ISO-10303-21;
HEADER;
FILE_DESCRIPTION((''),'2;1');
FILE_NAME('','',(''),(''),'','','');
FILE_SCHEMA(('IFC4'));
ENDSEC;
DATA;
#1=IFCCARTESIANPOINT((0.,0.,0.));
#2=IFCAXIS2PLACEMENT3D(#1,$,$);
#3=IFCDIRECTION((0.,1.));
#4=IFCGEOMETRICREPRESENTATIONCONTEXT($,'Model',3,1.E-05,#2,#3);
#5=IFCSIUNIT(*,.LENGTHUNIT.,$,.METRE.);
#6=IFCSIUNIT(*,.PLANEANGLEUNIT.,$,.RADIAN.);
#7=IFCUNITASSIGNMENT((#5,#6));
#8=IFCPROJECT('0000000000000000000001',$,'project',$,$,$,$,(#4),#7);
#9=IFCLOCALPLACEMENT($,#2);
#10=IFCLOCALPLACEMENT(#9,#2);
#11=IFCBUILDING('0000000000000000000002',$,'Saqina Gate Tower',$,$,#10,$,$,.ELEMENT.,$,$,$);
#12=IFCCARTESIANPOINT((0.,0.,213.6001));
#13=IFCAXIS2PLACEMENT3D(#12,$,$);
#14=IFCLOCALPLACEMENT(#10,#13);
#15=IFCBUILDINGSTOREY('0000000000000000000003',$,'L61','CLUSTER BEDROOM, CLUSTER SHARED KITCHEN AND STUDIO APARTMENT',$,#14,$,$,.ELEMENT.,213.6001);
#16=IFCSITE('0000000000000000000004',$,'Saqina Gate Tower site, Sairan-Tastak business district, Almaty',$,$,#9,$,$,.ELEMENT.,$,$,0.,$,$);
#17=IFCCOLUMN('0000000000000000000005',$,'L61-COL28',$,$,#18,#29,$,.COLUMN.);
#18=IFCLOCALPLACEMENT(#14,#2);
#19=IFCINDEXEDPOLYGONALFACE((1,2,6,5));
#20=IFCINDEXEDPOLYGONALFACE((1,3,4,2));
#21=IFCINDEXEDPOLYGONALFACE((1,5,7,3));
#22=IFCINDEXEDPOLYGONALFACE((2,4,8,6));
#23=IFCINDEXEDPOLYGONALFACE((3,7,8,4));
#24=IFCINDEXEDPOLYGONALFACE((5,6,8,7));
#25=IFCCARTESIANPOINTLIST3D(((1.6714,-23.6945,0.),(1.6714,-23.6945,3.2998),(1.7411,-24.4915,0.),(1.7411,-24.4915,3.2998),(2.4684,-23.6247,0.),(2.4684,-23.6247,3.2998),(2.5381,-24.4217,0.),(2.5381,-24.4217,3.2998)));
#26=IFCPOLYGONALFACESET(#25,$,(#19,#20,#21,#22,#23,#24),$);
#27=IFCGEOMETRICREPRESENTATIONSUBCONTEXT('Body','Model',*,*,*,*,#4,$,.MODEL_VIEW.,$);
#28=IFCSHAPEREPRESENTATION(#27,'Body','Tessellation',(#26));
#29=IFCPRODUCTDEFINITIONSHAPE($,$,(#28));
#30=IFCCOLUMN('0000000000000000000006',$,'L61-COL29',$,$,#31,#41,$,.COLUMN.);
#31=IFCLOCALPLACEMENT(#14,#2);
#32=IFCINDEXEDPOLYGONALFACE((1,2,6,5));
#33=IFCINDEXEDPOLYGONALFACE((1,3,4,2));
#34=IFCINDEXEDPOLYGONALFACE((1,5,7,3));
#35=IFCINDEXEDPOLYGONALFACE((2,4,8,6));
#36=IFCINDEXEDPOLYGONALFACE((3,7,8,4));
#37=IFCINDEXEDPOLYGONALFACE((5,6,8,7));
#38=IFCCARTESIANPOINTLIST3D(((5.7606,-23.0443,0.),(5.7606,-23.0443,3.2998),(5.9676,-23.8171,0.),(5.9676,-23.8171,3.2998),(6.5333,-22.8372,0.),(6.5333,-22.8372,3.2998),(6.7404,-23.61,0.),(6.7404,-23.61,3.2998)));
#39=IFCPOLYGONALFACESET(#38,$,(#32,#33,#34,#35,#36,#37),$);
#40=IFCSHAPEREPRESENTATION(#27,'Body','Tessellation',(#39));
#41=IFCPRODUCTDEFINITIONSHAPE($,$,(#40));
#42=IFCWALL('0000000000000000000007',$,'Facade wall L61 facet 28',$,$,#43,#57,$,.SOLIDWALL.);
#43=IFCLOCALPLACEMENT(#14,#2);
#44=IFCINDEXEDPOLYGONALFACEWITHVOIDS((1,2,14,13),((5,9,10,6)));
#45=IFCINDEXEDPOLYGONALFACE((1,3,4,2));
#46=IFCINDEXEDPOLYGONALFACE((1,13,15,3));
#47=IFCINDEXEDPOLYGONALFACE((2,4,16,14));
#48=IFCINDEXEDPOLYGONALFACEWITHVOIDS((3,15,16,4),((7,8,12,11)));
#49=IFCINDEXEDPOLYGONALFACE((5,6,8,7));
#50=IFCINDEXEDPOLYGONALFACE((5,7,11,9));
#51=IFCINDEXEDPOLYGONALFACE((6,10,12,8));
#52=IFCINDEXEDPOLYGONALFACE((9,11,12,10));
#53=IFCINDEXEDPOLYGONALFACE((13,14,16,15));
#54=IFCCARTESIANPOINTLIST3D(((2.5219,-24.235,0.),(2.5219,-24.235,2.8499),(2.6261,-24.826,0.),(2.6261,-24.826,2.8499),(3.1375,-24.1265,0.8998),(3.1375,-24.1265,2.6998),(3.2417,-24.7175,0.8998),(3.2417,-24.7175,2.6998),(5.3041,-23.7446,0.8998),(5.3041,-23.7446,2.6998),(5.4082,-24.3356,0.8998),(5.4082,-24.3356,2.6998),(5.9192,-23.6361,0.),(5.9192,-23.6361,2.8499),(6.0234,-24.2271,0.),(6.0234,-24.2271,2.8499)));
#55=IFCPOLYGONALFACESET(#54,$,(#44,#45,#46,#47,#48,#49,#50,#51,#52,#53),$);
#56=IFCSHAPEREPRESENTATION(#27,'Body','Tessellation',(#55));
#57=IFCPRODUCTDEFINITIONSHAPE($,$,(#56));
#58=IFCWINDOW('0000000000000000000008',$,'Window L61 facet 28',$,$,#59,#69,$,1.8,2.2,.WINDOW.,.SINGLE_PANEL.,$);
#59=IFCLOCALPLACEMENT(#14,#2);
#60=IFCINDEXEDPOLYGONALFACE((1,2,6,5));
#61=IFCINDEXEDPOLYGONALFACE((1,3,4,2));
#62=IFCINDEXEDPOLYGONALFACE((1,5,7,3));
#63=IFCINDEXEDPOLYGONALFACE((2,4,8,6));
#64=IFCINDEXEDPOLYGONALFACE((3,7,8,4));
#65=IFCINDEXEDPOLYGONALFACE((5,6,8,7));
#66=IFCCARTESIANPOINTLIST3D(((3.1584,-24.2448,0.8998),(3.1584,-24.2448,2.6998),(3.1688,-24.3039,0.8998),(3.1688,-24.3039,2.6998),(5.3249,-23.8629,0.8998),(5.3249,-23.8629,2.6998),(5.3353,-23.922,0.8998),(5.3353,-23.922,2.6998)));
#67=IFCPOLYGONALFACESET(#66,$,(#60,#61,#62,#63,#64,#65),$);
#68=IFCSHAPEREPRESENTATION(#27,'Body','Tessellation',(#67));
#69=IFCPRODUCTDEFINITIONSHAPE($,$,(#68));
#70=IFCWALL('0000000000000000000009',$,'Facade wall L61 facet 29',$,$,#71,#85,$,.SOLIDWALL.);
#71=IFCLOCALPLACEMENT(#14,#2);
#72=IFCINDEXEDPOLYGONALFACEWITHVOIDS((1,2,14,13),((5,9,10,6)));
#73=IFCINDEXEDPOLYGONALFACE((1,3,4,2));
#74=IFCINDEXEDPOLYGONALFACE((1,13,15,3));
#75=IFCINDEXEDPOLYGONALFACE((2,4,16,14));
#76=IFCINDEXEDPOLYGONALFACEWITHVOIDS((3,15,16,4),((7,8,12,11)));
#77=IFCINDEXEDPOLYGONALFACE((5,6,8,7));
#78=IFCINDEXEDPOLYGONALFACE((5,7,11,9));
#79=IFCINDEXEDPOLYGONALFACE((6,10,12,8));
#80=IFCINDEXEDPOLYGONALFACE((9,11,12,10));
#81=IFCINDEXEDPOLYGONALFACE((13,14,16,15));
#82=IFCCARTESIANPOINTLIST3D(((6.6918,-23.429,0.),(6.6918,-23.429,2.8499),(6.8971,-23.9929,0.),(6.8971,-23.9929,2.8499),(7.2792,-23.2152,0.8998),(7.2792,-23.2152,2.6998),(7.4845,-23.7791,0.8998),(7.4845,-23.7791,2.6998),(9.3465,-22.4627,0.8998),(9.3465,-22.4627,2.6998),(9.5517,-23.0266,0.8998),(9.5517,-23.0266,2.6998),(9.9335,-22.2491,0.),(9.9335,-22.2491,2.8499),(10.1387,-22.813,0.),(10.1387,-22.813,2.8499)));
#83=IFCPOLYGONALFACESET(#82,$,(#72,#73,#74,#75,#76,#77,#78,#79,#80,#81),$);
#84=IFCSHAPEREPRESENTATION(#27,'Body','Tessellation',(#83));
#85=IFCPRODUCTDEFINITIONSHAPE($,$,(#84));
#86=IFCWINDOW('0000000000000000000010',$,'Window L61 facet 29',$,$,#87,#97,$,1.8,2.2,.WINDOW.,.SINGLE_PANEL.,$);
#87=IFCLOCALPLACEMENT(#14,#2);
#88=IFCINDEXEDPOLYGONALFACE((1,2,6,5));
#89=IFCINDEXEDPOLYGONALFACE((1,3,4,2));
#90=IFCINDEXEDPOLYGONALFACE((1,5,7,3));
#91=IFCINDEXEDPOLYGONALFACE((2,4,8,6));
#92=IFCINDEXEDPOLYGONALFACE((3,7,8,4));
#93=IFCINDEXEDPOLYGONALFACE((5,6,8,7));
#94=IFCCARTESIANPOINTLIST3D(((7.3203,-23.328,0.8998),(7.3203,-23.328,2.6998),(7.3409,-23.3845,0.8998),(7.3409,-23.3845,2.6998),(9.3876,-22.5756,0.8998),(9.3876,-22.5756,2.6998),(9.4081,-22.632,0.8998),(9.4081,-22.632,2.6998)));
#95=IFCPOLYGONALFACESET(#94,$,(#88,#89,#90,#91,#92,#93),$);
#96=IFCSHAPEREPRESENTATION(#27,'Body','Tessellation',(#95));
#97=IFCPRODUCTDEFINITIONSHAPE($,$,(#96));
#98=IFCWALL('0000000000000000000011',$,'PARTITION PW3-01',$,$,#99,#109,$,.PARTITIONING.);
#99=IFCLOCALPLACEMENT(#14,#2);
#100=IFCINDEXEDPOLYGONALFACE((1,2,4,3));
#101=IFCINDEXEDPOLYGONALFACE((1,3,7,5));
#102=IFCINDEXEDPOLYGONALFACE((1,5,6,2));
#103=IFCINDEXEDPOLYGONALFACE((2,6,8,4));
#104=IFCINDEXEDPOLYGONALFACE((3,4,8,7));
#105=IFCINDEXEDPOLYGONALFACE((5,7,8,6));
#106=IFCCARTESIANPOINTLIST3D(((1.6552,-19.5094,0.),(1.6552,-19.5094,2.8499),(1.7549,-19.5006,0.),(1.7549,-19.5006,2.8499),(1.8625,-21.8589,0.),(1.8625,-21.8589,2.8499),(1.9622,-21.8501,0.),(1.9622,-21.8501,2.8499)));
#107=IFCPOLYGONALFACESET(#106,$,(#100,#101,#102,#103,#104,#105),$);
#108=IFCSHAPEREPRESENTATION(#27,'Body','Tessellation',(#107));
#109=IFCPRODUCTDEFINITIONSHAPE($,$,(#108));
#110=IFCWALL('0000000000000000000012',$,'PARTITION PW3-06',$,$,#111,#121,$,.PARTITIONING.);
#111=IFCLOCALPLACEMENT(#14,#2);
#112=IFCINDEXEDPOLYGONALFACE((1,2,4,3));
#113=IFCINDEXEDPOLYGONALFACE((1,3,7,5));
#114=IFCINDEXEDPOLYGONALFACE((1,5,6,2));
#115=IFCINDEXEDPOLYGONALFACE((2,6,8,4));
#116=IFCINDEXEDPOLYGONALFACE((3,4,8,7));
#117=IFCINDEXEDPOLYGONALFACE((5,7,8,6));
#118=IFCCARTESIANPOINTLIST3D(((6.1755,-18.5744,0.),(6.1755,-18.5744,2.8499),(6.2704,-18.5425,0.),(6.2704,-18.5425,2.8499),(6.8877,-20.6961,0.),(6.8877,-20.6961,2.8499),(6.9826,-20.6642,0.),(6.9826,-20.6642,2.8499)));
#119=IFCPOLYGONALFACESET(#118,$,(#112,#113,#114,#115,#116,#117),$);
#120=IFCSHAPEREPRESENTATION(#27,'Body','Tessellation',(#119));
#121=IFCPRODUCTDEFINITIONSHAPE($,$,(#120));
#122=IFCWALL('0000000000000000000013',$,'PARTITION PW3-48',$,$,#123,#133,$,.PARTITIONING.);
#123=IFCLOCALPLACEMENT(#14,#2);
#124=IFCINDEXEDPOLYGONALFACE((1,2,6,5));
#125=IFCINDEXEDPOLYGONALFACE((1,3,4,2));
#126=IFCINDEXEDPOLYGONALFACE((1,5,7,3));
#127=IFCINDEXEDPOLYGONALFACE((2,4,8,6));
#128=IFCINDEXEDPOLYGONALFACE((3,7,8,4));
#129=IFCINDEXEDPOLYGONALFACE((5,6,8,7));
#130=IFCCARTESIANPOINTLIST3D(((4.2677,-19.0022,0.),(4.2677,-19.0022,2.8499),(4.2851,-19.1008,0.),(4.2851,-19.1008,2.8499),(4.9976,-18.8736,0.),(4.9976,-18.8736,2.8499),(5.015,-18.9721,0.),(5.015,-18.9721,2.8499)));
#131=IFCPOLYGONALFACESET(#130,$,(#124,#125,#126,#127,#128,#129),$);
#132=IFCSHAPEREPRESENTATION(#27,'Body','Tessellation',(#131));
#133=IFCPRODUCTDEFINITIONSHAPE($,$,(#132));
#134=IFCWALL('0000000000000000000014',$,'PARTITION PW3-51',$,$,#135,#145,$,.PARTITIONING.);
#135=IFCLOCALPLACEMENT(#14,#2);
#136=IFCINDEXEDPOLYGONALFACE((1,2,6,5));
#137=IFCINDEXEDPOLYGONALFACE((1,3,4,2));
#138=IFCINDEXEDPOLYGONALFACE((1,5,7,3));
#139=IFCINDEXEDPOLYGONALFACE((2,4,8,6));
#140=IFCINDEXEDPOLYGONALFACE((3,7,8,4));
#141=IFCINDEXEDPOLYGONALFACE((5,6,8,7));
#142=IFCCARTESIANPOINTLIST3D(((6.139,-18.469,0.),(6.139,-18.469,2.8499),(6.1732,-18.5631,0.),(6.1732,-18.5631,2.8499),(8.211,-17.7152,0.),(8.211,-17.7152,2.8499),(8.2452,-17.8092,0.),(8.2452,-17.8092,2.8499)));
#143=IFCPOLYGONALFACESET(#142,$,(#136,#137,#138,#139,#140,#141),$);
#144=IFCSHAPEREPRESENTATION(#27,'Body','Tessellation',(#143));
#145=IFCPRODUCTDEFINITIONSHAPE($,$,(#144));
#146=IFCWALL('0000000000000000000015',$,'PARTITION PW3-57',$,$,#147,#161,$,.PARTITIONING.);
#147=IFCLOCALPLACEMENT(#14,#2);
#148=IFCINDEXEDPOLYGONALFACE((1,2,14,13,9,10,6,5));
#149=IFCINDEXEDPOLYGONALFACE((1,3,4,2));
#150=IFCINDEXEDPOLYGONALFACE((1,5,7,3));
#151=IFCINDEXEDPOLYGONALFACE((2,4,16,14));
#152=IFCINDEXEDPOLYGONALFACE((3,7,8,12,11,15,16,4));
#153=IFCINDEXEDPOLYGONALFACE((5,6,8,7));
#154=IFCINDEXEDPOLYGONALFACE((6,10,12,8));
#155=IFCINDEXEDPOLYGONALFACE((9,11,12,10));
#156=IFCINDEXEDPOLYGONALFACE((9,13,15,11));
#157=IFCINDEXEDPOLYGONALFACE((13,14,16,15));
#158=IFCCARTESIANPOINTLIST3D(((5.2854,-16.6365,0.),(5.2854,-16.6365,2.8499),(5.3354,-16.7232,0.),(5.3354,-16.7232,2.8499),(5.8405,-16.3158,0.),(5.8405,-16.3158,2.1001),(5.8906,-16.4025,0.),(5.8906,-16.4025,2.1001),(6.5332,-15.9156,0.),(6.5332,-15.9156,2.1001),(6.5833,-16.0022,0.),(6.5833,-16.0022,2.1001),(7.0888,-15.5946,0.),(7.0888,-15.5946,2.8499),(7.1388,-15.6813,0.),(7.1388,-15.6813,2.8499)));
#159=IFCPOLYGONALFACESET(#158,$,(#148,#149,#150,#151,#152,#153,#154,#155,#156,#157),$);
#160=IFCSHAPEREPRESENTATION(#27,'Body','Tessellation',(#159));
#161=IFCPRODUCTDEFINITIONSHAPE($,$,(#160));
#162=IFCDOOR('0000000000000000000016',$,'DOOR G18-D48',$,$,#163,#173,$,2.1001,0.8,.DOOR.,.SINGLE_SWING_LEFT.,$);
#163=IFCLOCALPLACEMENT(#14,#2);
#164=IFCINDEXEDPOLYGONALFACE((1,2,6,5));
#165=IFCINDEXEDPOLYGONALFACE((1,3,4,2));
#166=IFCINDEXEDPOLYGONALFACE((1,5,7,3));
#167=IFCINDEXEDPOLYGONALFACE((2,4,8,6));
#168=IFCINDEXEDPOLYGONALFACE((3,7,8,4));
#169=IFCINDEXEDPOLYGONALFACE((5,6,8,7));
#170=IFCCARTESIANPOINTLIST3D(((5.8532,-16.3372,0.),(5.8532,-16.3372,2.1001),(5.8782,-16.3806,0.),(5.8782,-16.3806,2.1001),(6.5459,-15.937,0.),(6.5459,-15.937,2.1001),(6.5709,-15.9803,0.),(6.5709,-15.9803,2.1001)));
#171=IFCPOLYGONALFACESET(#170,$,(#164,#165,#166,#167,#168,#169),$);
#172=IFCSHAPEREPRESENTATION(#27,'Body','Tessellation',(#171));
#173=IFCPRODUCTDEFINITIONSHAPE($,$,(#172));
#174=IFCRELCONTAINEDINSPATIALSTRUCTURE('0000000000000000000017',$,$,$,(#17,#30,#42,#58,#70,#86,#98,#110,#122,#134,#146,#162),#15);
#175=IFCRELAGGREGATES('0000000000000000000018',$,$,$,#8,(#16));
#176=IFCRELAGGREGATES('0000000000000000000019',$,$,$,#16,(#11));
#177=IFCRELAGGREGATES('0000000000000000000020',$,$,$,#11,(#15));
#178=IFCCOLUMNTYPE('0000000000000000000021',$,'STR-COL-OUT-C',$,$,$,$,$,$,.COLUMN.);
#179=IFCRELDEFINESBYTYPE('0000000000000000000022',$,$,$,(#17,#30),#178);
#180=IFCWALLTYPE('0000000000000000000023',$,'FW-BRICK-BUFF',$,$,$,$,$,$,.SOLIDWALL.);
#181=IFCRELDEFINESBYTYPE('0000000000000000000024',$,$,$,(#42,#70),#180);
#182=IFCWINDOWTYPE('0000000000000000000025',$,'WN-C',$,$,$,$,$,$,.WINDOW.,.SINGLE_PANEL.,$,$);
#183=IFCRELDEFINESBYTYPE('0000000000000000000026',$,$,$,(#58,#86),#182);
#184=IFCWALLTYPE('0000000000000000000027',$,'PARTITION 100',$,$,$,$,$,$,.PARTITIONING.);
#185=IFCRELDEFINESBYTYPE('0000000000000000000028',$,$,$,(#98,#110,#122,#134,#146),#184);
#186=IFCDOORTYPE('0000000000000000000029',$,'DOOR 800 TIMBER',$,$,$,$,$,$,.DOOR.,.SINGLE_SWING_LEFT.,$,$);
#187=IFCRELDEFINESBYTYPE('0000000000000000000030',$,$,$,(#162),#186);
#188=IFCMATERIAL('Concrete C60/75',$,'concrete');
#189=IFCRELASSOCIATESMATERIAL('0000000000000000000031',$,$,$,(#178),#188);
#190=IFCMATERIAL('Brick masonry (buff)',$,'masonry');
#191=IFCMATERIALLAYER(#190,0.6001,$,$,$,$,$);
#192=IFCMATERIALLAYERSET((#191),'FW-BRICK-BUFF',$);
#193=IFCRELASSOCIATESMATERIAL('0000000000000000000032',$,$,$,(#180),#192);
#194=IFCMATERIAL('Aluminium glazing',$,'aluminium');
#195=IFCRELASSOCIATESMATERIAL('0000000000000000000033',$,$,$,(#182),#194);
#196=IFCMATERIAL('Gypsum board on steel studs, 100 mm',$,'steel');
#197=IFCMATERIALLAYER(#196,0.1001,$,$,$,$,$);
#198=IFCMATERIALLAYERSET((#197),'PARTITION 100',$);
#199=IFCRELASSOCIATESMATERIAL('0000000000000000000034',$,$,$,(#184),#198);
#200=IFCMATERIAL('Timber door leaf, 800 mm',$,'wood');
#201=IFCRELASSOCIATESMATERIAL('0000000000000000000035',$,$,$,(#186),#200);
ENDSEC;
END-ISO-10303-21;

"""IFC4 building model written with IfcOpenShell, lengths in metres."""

from ifc_helpers import new_model, si_unit, direction, frame, frame_2d, origin, origin_2d, place, context, subcontext, project, spatial, rectangle, extrude, material, layer, layer_set, material_profile, profile_set, type_object, element, fill, save


model = new_model("IFC4")

# Units and contexts
model_context = context("Model", 3, precision=1e-05, world=origin(), true_north=direction((0.0, 1.0)))
body_context = subcontext(model_context, "Body", "Model", "MODEL_VIEW")
ifc_project = project(units=[si_unit("LENGTHUNIT", "METRE"), si_unit("PLANEANGLEUNIT", "RADIAN")], contexts=[model_context])

# Site, building, storey
site_placement = place(None, origin())
site = spatial("IfcSite", under=ifc_project, at=site_placement, Name="Saqina Gate Tower site, Sairan-Tastak business district, Almaty", CompositionType="ELEMENT", RefElevation=0.0)
building_placement = place(site_placement, origin())
building = spatial("IfcBuilding", under=site, at=building_placement, Name="Saqina Gate Tower", CompositionType="ELEMENT")
storey_placement = place(building_placement, frame((0.0, 0.0, 213.6001)))
storey = spatial("IfcBuildingStorey", under=building, at=storey_placement, Name="L61", Description="CLUSTER BEDROOM, CLUSTER SHARED KITCHEN AND STUDIO APARTMENT", CompositionType="ELEMENT", Elevation=213.6001)

# Columns
ifc_material_1 = material(Name="Concrete C60/75", Category="concrete")
ifc_material_profile = material_profile(ifc_material_1, rectangle(XDim=0.8, YDim=0.8, at=origin_2d()), Name="RC 800x800")
ifc_profile_set = profile_set([ifc_material_profile], Name="Concrete C60/75")
column_type = type_object("IfcColumnType", Name="STR-COL-OUT-C", PredefinedType="COLUMN", material=ifc_profile_set)
for number, where, z_axis, x_axis, name in (
    (1, (2.1047, -24.0581, 0.0), (0.0, 0.0, 1.0), (0.087156, -0.996195, 0.0), "L61-COL28"),
    (2, (6.2505, -23.3271, 0.0), (0.0, 0.0, 1.0), (0.258819, -0.965926, 0.0), "L61-COL29"),
):
    element("IfcColumn", number, at=place(storey_placement, frame(where, z_axis=z_axis, x_axis=x_axis)), inside=storey, type_object=column_type, Name=name, PredefinedType="COLUMN", context=body_context, shape_type="SweptSolid", body=[
        extrude(rectangle(XDim=0.8, YDim=0.8, at=origin_2d()), origin(), (0.0, 0.0, 1.0), 3.2998),
    ])

# Walls, openings, windows
ifc_material_2 = material(Name="Brick masonry (buff)", Category="masonry")
ifc_layer_1 = layer(ifc_material_2, 0.6001)
ifc_layer_set_1 = layer_set([ifc_layer_1], Name="FW-BRICK-BUFF")
wall_type_1 = type_object("IfcWallType", Name="FW-BRICK-BUFF", PredefinedType="SOLIDWALL", material=ifc_layer_set_1)
wall_1_placement = place(storey_placement, frame((2.574, -24.5305, 0.0), z_axis=(0.0, 0.0, 1.0), x_axis=(0.984815, 0.173608, 0.0)))
wall_1 = element("IfcWall", 3, at=wall_1_placement, inside=storey, type_object=wall_type_1, Name="Facade wall L61 facet 28", PredefinedType="SOLIDWALL", context=body_context, shape_type="SweptSolid", body=[
    extrude(rectangle(XDim=3.4497, YDim=0.6001, at=frame_2d((1.7249, 0.0))), origin(), (0.0, 0.0, 1.0), 2.8499),
])
opening_1_placement = place(wall_1_placement, frame((0.625, 0.0, 0.8999)))
opening_1 = element("IfcOpeningElement", 4, at=opening_1_placement, cuts=wall_1, PredefinedType="OPENING", context=body_context, shape_type="SweptSolid", body=[
    extrude(rectangle(XDim=2.2, YDim=1.8, at=frame_2d((1.1001, 0.8999))), frame((0.0, 0.312, 0.0), z_axis=(0.0, -1.0, 0.0), x_axis=(1.0, 0.0, 0.0)), (0.0, 0.0, 1.0), 0.624),
])
ifc_material_3 = material(Name="Aluminium glazing", Category="aluminium")
window_type = type_object("IfcWindowType", Name="WN-C", PartitioningType="SINGLE_PANEL", PredefinedType="WINDOW", material=ifc_material_3)
window_1_placement = place(opening_1_placement, origin())
window_1 = element("IfcWindow", 5, at=window_1_placement, inside=storey, type_object=window_type, Name="Window L61 facet 28", OverallHeight=1.8, OverallWidth=2.2, PartitioningType="SINGLE_PANEL", PredefinedType="WINDOW", context=body_context, shape_type="SweptSolid", body=[
    extrude(rectangle(XDim=2.2, YDim=1.8, at=frame_2d((1.1001, 0.8999))), frame((0.0, 0.1799, 0.0), z_axis=(0.0, -1.0, 0.0), x_axis=(1.0, 0.0, 0.0)), (0.0, 0.0, 1.0), 0.0601),
])
fill(opening_1, window_1)
wall_2_placement = place(storey_placement, frame((6.7944, -23.7109, 0.0), z_axis=(0.0, 0.0, 1.0), x_axis=(0.939688, 0.342033, 0.0)))
wall_2 = element("IfcWall", 6, at=wall_2_placement, inside=storey, type_object=wall_type_1, Name="Facade wall L61 facet 29", PredefinedType="SOLIDWALL", context=body_context, shape_type="SweptSolid", body=[
    extrude(rectangle(XDim=3.4497, YDim=0.6001, at=frame_2d((1.7249, 0.0))), origin(), (0.0, 0.0, 1.0), 2.8499),
])
opening_2_placement = place(wall_2_placement, frame((0.625, 0.0, 0.8999)))
opening_2 = element("IfcOpeningElement", 7, at=opening_2_placement, cuts=wall_2, PredefinedType="OPENING", context=body_context, shape_type="SweptSolid", body=[
    extrude(rectangle(XDim=2.2, YDim=1.8, at=frame_2d((1.1001, 0.8999))), frame((0.0, 0.312, 0.0), z_axis=(0.0, -1.0, 0.0), x_axis=(1.0, 0.0, 0.0)), (0.0, 0.0, 1.0), 0.624),
])
window_2_placement = place(opening_2_placement, origin())
window_2 = element("IfcWindow", 8, at=window_2_placement, inside=storey, type_object=window_type, Name="Window L61 facet 29", OverallHeight=1.8, OverallWidth=2.2, PartitioningType="SINGLE_PANEL", PredefinedType="WINDOW", context=body_context, shape_type="SweptSolid", body=[
    extrude(rectangle(XDim=2.2, YDim=1.8, at=frame_2d((1.1001, 0.8999))), frame((0.0, 0.1799, 0.0), z_axis=(0.0, -1.0, 0.0), x_axis=(1.0, 0.0, 0.0)), (0.0, 0.0, 1.0), 0.0601),
])
fill(opening_2, window_2)

# Walls
ifc_material_4 = material(Name="Gypsum board on steel studs, 100 mm", Category="steel")
ifc_layer_2 = layer(ifc_material_4, 0.1001)
ifc_layer_set_2 = layer_set([ifc_layer_2], Name="PARTITION 100")
wall_type_2 = type_object("IfcWallType", Name="PARTITION 100", PredefinedType="PARTITIONING", material=ifc_layer_set_2)
wall_3_placement = place(storey_placement, frame((1.7051, -19.5051, 0.0), z_axis=(0.0, 0.0, 1.0), x_axis=(0.087876, -0.996131, 0.0)))
element("IfcWall", 9, at=wall_3_placement, inside=storey, type_object=wall_type_2, Name="PARTITION PW3-01", PredefinedType="PARTITIONING", context=body_context, shape_type="SweptSolid", body=[
    extrude(rectangle(XDim=2.3586, YDim=0.1001, at=frame_2d((1.1792, 0.0))), origin(), (0.0, 0.0, 1.0), 2.8499),
])
wall_4_placement = place(storey_placement, frame((6.2229, -18.5583, 0.0), z_axis=(0.0, 0.0, 1.0), x_axis=(0.318223, -0.948016, 0.0)))
element("IfcWall", 10, at=wall_4_placement, inside=storey, type_object=wall_type_2, Name="PARTITION PW3-06", PredefinedType="PARTITIONING", context=body_context, shape_type="SweptSolid", body=[
    extrude(rectangle(XDim=2.238, YDim=0.1001, at=frame_2d((1.1191, 0.0))), origin(), (0.0, 0.0, 1.0), 2.8499),
])
wall_5_placement = place(storey_placement, frame((4.2764, -19.0515, 0.0), z_axis=(0.0, 0.0, 1.0), x_axis=(0.98482, 0.173579, 0.0)))
element("IfcWall", 11, at=wall_5_placement, inside=storey, type_object=wall_type_2, Name="PARTITION PW3-48", PredefinedType="PARTITIONING", context=body_context, shape_type="SweptSolid", body=[
    extrude(rectangle(XDim=0.7412, YDim=0.1001, at=frame_2d((0.3706, 0.0))), origin(), (0.0, 0.0, 1.0), 2.8499),
])
wall_6_placement = place(storey_placement, frame((6.156, -18.5161, 0.0), z_axis=(0.0, 0.0, 1.0), x_axis=(0.939729, 0.341921, 0.0)))
element("IfcWall", 12, at=wall_6_placement, inside=storey, type_object=wall_type_2, Name="PARTITION PW3-51", PredefinedType="PARTITIONING", context=body_context, shape_type="SweptSolid", body=[
    extrude(rectangle(XDim=2.2048, YDim=0.1001, at=frame_2d((1.1025, 0.0))), origin(), (0.0, 0.0, 1.0), 2.8499),
])

# Wall, opening, door
wall_7_placement = place(storey_placement, frame((5.3103, -16.6799, 0.0), z_axis=(0.0, 0.0, 1.0), x_axis=(0.865867, 0.500274, 0.0)))
wall_7 = element("IfcWall", 13, at=wall_7_placement, inside=storey, type_object=wall_type_2, Name="PARTITION PW3-57", PredefinedType="PARTITIONING", context=body_context, shape_type="SweptSolid", body=[
    extrude(rectangle(XDim=2.0828, YDim=0.1001, at=frame_2d((1.0415, 0.0))), origin(), (0.0, 0.0, 1.0), 2.8499),
])
opening_3_placement = place(wall_7_placement, frame((0.6414, 0.0, 0.0)))
opening_3 = element("IfcOpeningElement", 14, at=opening_3_placement, cuts=wall_7, PredefinedType="OPENING", context=body_context, shape_type="SweptSolid", body=[
    extrude(rectangle(XDim=0.8, YDim=2.1001, at=frame_2d((0.3999, 1.05))), frame((0.0, 0.062, 0.0), z_axis=(0.0, -1.0, 0.0), x_axis=(1.0, 0.0, 0.0)), (0.0, 0.0, 1.0), 0.124),
])
ifc_material_5 = material(Name="Timber door leaf, 800 mm", Category="wood")
door_type_1 = type_object("IfcDoorType", Name="DOOR 800 TIMBER", OperationType="SINGLE_SWING_LEFT", PredefinedType="DOOR", material=ifc_material_5)
door_1_placement = place(opening_3_placement, frame((0.8, 0.0, 0.0), z_axis=(0.0, 0.0, 1.0), x_axis=(-1.0, 0.0, 0.0)))
door_1 = element("IfcDoor", 15, at=door_1_placement, inside=storey, type_object=door_type_1, Name="DOOR G18-D48", OperationType="SINGLE_SWING_LEFT", OverallHeight=2.1001, OverallWidth=0.8, PredefinedType="DOOR", context=body_context, shape_type="SweptSolid", body=[
    extrude(rectangle(XDim=0.8, YDim=2.1001, at=frame_2d((0.3999, 1.05))), frame((0.0, 0.0249, 0.0), z_axis=(0.0, -1.0, 0.0), x_axis=(1.0, 0.0, 0.0)), (0.0, 0.0, 1.0), 0.05),
])
fill(opening_3, door_1)

save(model, "model.ifc")
